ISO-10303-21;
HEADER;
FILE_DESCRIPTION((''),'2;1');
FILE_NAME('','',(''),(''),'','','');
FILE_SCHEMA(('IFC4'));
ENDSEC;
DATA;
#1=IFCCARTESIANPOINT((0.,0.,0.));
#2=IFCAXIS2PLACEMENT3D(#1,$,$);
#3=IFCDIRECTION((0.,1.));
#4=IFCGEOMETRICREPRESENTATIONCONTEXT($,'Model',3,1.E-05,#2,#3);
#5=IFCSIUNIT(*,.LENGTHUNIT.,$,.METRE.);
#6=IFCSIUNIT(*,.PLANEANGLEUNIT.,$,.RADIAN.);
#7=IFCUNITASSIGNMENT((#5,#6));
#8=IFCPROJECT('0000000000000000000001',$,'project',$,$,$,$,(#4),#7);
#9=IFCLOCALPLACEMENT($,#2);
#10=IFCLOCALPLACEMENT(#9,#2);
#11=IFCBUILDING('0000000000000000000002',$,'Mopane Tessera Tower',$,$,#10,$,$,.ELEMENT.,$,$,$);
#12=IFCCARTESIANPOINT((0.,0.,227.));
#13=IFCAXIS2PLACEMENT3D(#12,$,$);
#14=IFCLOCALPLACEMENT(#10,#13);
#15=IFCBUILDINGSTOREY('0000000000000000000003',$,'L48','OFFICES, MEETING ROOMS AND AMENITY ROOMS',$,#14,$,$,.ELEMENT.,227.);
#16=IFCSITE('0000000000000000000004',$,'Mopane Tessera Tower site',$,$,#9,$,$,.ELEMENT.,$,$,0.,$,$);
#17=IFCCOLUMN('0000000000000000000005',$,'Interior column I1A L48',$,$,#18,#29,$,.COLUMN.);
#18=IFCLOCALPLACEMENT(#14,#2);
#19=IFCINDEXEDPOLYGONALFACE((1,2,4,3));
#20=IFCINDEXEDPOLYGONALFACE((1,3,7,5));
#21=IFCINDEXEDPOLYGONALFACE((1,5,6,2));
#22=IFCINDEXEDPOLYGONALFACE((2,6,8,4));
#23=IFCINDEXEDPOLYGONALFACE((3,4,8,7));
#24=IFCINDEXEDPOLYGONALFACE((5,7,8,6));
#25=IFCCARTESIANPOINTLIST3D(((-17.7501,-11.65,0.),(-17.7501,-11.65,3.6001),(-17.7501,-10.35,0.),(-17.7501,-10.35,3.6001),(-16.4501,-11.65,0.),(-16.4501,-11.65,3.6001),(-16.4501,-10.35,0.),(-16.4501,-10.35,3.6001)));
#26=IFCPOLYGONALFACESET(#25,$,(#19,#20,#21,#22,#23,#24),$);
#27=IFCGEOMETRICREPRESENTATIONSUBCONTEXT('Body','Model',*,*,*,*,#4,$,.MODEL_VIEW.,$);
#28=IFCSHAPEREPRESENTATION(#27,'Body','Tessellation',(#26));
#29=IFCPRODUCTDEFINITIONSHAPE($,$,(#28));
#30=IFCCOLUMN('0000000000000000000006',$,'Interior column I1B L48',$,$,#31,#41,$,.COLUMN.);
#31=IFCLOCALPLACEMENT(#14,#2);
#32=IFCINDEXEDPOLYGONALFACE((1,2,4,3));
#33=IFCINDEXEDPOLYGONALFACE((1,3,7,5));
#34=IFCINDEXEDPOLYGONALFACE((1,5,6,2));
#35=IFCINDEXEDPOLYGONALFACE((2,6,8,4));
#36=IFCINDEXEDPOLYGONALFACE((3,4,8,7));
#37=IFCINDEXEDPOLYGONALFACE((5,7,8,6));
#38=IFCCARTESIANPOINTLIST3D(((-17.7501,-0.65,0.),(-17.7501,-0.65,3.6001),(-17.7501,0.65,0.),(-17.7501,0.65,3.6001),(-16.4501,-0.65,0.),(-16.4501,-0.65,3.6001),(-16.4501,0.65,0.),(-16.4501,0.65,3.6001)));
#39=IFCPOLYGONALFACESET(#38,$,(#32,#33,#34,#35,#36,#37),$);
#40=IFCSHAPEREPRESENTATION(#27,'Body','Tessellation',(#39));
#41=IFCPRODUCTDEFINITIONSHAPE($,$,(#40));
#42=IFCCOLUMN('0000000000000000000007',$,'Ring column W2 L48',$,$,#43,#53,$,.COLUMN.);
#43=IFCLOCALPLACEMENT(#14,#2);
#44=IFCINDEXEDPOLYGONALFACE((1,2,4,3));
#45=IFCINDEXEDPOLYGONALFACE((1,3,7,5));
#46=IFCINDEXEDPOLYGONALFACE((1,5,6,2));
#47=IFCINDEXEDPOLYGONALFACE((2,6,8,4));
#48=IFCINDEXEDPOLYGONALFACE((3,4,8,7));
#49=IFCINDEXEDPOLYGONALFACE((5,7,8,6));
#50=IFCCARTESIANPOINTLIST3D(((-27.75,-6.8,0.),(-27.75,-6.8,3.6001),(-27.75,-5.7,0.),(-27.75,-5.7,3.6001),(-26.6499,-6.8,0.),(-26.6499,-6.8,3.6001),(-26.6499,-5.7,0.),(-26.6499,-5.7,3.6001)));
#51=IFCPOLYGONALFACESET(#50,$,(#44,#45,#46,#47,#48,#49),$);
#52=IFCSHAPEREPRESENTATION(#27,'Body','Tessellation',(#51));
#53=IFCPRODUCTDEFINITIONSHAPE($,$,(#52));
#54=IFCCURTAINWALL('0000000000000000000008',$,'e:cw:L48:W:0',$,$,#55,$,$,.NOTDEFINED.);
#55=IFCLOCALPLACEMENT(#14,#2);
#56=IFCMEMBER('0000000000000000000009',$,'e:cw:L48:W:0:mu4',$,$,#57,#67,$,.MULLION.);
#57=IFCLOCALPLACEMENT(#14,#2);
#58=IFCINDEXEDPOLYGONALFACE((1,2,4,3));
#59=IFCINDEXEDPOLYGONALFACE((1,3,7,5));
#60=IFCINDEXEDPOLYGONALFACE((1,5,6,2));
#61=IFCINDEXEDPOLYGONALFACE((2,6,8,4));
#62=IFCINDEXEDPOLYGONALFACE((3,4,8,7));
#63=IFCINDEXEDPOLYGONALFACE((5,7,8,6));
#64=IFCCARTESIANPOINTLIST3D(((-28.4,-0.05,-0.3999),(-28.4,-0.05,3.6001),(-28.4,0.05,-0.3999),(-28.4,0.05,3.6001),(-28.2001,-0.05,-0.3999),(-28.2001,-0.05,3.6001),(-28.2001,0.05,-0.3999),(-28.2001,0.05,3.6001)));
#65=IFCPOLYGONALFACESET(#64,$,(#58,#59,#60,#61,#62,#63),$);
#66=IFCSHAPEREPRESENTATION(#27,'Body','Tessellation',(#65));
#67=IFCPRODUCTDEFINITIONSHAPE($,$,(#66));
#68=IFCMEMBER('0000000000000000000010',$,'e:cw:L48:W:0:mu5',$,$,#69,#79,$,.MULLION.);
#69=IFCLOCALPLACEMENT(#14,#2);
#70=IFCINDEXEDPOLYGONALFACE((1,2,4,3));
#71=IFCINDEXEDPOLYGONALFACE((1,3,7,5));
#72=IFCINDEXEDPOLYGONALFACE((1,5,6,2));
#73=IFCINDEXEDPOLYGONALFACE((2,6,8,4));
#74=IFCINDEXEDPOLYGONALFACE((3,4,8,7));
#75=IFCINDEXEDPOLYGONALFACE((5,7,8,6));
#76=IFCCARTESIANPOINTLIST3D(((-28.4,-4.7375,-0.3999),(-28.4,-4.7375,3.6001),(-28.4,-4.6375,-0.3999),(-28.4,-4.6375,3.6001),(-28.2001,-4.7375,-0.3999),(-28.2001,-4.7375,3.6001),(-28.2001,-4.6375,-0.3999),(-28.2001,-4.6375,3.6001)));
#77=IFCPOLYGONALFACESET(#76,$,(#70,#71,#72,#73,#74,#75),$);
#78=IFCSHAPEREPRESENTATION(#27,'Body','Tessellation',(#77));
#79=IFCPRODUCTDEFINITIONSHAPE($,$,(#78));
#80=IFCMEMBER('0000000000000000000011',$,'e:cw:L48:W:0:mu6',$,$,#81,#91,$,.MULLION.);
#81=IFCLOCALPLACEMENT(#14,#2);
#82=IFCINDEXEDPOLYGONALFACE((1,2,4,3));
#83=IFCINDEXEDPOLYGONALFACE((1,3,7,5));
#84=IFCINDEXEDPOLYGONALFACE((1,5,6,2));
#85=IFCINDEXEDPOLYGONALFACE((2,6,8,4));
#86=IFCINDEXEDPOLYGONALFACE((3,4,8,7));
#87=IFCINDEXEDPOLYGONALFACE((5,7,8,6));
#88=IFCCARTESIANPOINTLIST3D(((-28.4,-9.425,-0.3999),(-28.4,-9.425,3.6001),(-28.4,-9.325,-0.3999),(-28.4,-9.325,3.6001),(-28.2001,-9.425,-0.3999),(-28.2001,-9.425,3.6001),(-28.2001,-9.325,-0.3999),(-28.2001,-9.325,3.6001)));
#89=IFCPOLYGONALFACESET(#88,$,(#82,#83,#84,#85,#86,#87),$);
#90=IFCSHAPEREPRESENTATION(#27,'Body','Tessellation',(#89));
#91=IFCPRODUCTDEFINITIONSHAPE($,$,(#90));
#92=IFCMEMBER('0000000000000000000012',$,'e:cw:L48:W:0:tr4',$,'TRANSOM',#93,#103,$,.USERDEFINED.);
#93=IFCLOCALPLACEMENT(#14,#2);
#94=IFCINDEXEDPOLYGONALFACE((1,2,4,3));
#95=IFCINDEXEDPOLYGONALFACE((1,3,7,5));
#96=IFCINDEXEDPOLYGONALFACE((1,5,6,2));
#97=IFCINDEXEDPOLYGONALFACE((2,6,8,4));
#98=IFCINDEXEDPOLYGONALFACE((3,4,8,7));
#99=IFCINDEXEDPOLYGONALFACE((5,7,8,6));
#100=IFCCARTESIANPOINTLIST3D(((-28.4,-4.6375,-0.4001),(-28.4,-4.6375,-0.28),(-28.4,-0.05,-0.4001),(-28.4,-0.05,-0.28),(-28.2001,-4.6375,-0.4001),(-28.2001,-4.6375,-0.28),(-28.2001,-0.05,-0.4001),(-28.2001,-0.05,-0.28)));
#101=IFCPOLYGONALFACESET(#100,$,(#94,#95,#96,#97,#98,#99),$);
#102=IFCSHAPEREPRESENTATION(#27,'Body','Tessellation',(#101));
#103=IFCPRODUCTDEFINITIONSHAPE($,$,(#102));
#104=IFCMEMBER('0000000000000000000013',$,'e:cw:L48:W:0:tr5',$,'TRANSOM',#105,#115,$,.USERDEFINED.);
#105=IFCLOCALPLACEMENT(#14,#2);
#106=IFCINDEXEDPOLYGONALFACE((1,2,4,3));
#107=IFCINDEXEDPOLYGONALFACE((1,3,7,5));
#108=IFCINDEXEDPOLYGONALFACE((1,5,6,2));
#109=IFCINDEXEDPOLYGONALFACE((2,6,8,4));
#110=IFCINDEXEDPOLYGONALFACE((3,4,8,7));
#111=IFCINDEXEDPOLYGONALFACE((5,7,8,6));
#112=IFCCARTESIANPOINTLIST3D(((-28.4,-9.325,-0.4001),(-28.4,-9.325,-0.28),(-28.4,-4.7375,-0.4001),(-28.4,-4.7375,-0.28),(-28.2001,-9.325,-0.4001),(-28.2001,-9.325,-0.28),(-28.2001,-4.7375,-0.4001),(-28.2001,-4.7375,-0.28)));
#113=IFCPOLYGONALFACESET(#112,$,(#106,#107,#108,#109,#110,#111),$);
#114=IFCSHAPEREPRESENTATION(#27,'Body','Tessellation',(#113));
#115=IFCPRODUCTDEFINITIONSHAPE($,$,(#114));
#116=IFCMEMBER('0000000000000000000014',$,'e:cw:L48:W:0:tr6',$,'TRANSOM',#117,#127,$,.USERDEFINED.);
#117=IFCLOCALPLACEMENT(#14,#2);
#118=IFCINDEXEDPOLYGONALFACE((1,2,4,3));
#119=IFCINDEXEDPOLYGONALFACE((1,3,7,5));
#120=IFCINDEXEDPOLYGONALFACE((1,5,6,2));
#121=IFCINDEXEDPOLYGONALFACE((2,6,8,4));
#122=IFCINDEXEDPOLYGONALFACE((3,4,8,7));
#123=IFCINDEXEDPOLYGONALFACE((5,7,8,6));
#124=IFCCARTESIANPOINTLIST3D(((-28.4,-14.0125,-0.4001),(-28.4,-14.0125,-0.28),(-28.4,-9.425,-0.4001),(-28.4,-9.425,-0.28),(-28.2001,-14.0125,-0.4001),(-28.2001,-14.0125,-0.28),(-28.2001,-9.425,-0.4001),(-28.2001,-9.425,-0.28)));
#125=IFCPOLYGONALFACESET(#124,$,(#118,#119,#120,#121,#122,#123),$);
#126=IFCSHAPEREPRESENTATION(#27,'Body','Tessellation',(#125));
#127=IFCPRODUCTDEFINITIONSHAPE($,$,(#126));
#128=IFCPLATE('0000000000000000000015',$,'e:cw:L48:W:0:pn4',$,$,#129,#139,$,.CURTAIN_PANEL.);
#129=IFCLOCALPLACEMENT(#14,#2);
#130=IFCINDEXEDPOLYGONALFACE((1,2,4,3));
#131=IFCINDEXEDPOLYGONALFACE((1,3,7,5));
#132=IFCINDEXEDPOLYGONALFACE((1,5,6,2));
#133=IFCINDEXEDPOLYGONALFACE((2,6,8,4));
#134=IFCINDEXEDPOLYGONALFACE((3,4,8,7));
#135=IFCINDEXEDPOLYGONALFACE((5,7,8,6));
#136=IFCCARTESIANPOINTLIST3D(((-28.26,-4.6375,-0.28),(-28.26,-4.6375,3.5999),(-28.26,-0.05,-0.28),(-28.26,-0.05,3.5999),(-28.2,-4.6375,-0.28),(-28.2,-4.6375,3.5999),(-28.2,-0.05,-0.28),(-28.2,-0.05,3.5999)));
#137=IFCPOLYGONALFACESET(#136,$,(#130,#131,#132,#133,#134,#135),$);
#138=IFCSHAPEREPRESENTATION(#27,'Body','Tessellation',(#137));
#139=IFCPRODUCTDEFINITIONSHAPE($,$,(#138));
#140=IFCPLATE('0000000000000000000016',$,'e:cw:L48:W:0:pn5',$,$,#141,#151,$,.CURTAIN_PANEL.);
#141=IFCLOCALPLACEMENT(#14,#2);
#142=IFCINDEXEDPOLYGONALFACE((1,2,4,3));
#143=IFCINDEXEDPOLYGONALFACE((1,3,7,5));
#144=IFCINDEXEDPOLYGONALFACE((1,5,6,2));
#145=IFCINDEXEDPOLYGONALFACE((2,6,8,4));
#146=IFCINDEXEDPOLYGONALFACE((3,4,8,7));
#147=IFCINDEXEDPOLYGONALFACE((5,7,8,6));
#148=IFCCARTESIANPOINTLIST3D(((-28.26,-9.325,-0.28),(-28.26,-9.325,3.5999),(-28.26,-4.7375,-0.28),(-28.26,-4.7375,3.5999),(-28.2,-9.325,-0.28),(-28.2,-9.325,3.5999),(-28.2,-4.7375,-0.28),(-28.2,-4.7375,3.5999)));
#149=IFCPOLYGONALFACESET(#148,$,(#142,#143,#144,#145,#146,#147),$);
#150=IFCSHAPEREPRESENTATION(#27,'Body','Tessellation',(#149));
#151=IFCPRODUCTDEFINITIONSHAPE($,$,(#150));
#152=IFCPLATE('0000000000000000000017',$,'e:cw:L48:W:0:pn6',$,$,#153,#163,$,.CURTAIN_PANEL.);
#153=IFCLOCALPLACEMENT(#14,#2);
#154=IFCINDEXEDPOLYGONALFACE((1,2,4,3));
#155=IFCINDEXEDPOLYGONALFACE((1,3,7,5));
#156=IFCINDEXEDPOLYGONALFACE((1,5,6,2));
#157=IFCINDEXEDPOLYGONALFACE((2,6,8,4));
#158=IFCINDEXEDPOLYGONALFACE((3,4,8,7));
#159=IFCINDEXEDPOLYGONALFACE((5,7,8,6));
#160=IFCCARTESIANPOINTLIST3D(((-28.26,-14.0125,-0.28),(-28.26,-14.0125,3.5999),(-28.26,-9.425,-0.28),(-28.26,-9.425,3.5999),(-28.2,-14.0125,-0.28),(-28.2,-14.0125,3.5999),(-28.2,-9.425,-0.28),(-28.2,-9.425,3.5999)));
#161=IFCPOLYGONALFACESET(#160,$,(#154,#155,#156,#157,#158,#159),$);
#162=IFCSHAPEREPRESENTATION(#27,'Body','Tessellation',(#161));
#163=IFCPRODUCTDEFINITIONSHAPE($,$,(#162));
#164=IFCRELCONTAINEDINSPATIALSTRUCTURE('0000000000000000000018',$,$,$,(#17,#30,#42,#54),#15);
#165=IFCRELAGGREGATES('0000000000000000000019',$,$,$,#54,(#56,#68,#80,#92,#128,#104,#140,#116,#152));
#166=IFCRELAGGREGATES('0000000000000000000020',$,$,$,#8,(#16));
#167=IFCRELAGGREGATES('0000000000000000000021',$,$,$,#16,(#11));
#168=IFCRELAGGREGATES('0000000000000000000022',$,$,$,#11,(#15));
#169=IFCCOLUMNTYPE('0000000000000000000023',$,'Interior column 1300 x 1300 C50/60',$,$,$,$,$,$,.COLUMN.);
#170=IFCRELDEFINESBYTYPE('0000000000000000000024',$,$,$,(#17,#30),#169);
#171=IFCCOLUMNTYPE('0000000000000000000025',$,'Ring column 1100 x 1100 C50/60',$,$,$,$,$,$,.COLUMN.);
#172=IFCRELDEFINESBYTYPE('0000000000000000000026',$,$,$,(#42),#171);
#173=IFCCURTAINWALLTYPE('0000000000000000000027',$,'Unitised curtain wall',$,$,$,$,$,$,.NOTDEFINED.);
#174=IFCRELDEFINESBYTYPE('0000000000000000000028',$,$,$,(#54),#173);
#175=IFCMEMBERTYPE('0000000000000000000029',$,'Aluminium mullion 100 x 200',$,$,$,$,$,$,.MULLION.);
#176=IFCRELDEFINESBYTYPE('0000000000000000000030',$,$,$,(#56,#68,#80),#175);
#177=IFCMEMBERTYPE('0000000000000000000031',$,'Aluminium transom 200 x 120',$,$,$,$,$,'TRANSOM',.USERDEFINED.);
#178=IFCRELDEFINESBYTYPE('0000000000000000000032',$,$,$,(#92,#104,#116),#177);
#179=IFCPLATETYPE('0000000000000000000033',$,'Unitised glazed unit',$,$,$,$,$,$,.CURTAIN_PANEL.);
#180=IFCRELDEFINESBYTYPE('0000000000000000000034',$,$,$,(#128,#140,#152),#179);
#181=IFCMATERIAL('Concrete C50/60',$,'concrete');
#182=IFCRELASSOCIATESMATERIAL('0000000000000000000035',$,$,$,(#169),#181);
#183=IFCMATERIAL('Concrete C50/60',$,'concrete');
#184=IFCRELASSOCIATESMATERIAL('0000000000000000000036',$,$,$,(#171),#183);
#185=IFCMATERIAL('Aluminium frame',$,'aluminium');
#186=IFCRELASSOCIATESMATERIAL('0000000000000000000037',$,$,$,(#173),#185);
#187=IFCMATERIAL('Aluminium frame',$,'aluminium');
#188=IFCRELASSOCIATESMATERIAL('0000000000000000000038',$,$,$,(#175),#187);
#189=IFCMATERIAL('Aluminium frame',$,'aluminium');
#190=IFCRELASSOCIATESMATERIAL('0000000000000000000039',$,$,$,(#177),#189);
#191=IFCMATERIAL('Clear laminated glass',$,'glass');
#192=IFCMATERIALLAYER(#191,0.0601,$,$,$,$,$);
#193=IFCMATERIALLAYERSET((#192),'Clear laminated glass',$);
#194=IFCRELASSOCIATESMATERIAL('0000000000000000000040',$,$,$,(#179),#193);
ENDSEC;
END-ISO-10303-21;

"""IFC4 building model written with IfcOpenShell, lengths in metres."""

from ifc_helpers import new_model, si_unit, direction, frame, origin, origin_2d, place, context, subcontext, project, spatial, rectangle, extrude, material, layer, layer_set, material_profile, profile_set, type_object, element, aggregate, save


model = new_model("IFC4")

# Units and contexts
model_context = context("Model", 3, precision=1e-05, world=origin(), true_north=direction((0.0, 1.0)))
body_context = subcontext(model_context, "Body", "Model", "MODEL_VIEW")
ifc_project = project(units=[si_unit("LENGTHUNIT", "METRE"), si_unit("PLANEANGLEUNIT", "RADIAN")], contexts=[model_context])

# Site, building, storey
site_placement = place(None, origin())
site = spatial("IfcSite", under=ifc_project, at=site_placement, Name="Mopane Tessera Tower site", CompositionType="ELEMENT", RefElevation=0.0)
building_placement = place(site_placement, origin())
building = spatial("IfcBuilding", under=site, at=building_placement, Name="Mopane Tessera Tower", CompositionType="ELEMENT")
storey_placement = place(building_placement, frame((0.0, 0.0, 227.0)))
storey = spatial("IfcBuildingStorey", under=building, at=storey_placement, Name="L48", Description="OFFICES, MEETING ROOMS AND AMENITY ROOMS", CompositionType="ELEMENT", Elevation=227.0)

# Columns
ifc_material_1 = material(Name="Concrete C50/60", Category="concrete")
ifc_material_profile_1 = material_profile(ifc_material_1, rectangle(XDim=1.3, YDim=1.3, at=origin_2d()))
ifc_profile_set_1 = profile_set([ifc_material_profile_1], Name="Concrete C50/60")
column_type_1 = type_object("IfcColumnType", Name="Interior column 1300 x 1300 C50/60", PredefinedType="COLUMN", material=ifc_profile_set_1)
for number, where, z_axis, x_axis, name in (
    (1, (-17.1001, -11.0, 0.0), (0.0, 0.0, 1.0), (1.0, 0.0, 0.0), "Interior column I1A L48"),
    (2, (-17.1001, 0.0, 0.0), (0.0, 0.0, 1.0), (1.0, 0.0, 0.0), "Interior column I1B L48"),
):
    element("IfcColumn", number, at=place(storey_placement, frame(where, z_axis=z_axis, x_axis=x_axis)), inside=storey, type_object=column_type_1, Name=name, PredefinedType="COLUMN", context=body_context, shape_type="SweptSolid", body=[
        extrude(rectangle(XDim=1.3, YDim=1.3, at=origin_2d()), origin(), (0.0, 0.0, 1.0), 3.6001),
    ])
ifc_material_2 = material(Name="Concrete C50/60", Category="concrete")
ifc_material_profile_2 = material_profile(ifc_material_2, rectangle(XDim=1.1001, YDim=1.1001, at=origin_2d()))
ifc_profile_set_2 = profile_set([ifc_material_profile_2], Name="Concrete C50/60")
column_type_2 = type_object("IfcColumnType", Name="Ring column 1100 x 1100 C50/60", PredefinedType="COLUMN", material=ifc_profile_set_2)
column_placement = place(storey_placement, frame((-27.2, -6.25, 0.0), z_axis=(0.0, 0.0, 1.0), x_axis=(1.0, 0.0, 0.0)))
element("IfcColumn", 3, at=column_placement, inside=storey, type_object=column_type_2, Name="Ring column W2 L48", PredefinedType="COLUMN", context=body_context, shape_type="SweptSolid", body=[
    extrude(rectangle(XDim=1.1001, YDim=1.1001, at=origin_2d()), origin(), (0.0, 0.0, 1.0), 3.6001),
])

# Curtain wall, members, plates
ifc_material_3 = material(Name="Aluminium frame", Category="aluminium")
curtain_wall_type = type_object("IfcCurtainWallType", Name="Unitised curtain wall", PredefinedType="NOTDEFINED", material=ifc_material_3)
curtain_wall_placement = place(storey_placement, origin())
curtain_wall = element("IfcCurtainWall", 4, at=curtain_wall_placement, inside=storey, type_object=curtain_wall_type, Name="e:cw:L48:W:0", PredefinedType="NOTDEFINED")
ifc_material_4 = material(Name="Aluminium frame", Category="aluminium")
ifc_material_profile_3 = material_profile(ifc_material_4, rectangle(XDim=0.1001, YDim=0.2, at=origin_2d()))
ifc_profile_set_3 = profile_set([ifc_material_profile_3], Name="Aluminium frame")
member_type_1 = type_object("IfcMemberType", Name="Aluminium mullion 100 x 200", PredefinedType="MULLION", material=ifc_profile_set_3)
member_1_placement = place(storey_placement, frame((-28.3, 0.0, -0.3999), z_axis=(0.0, 0.0, 1.0), x_axis=(0.0, -1.0, 0.0)))
member_1 = element("IfcMember", 5, at=member_1_placement, type_object=member_type_1, Name="e:cw:L48:W:0:mu4", PredefinedType="MULLION", context=body_context, shape_type="SweptSolid", body=[
    extrude(rectangle(XDim=0.1001, YDim=0.2, at=origin_2d()), origin(), (0.0, 0.0, 1.0), 4.0),
])
member_2_placement = place(storey_placement, frame((-28.3, -4.6875, -0.3999), z_axis=(0.0, 0.0, 1.0), x_axis=(0.0, -1.0, 0.0)))
member_2 = element("IfcMember", 6, at=member_2_placement, type_object=member_type_1, Name="e:cw:L48:W:0:mu5", PredefinedType="MULLION", context=body_context, shape_type="SweptSolid", body=[
    extrude(rectangle(XDim=0.1001, YDim=0.2, at=origin_2d()), origin(), (0.0, 0.0, 1.0), 4.0),
])
member_3_placement = place(storey_placement, frame((-28.3, -9.375, -0.3999), z_axis=(0.0, 0.0, 1.0), x_axis=(0.0, -1.0, 0.0)))
member_3 = element("IfcMember", 7, at=member_3_placement, type_object=member_type_1, Name="e:cw:L48:W:0:mu6", PredefinedType="MULLION", context=body_context, shape_type="SweptSolid", body=[
    extrude(rectangle(XDim=0.1001, YDim=0.2, at=origin_2d()), origin(), (0.0, 0.0, 1.0), 4.0),
])
ifc_material_5 = material(Name="Aluminium frame", Category="aluminium")
ifc_material_profile_4 = material_profile(ifc_material_5, rectangle(XDim=0.2, YDim=0.1201, at=origin_2d()))
ifc_profile_set_4 = profile_set([ifc_material_profile_4], Name="Aluminium frame")
member_type_2 = type_object("IfcMemberType", Name="Aluminium transom 200 x 120", ElementType="TRANSOM", PredefinedType="USERDEFINED", material=ifc_profile_set_4)
member_4_placement = place(storey_placement, frame((-28.3, -0.05, -0.3401), z_axis=(0.0, -1.0, 0.0), x_axis=(1.0, 0.0, 0.0)))
member_4 = element("IfcMember", 8, at=member_4_placement, type_object=member_type_2, Name="e:cw:L48:W:0:tr4", ObjectType="TRANSOM", PredefinedType="USERDEFINED", context=body_context, shape_type="SweptSolid", body=[
    extrude(rectangle(XDim=0.2, YDim=0.1201, at=origin_2d()), origin(), (0.0, 0.0, 1.0), 4.5874),
])
member_5_placement = place(storey_placement, frame((-28.3, -4.7375, -0.3401), z_axis=(0.0, -1.0, 0.0), x_axis=(1.0, 0.0, 0.0)))
member_5 = element("IfcMember", 9, at=member_5_placement, type_object=member_type_2, Name="e:cw:L48:W:0:tr5", ObjectType="TRANSOM", PredefinedType="USERDEFINED", context=body_context, shape_type="SweptSolid", body=[
    extrude(rectangle(XDim=0.2, YDim=0.1201, at=origin_2d()), origin(), (0.0, 0.0, 1.0), 4.5874),
])
member_6_placement = place(storey_placement, frame((-28.3, -9.425, -0.3401), z_axis=(0.0, -1.0, 0.0), x_axis=(1.0, 0.0, 0.0)))
member_6 = element("IfcMember", 10, at=member_6_placement, type_object=member_type_2, Name="e:cw:L48:W:0:tr6", ObjectType="TRANSOM", PredefinedType="USERDEFINED", context=body_context, shape_type="SweptSolid", body=[
    extrude(rectangle(XDim=0.2, YDim=0.1201, at=origin_2d()), origin(), (0.0, 0.0, 1.0), 4.5874),
])
ifc_material_6 = material(Name="Clear laminated glass", Category="glass")
ifc_layer_1 = layer(ifc_material_6, 0.0601)
ifc_layer_set_1 = layer_set([ifc_layer_1], Name="Clear laminated glass")
plate_type = type_object("IfcPlateType", Name="Unitised glazed unit", PredefinedType="CURTAIN_PANEL", material=ifc_layer_set_1)
plate_1_placement = place(storey_placement, frame((-28.23, -2.3438, -0.28), z_axis=(0.0, 0.0, 1.0), x_axis=(0.0, -1.0, 0.0)))
plate_1 = element("IfcPlate", 11, at=plate_1_placement, type_object=plate_type, Name="e:cw:L48:W:0:pn4", PredefinedType="CURTAIN_PANEL", context=body_context, shape_type="SweptSolid", body=[
    extrude(rectangle(XDim=4.5874, YDim=0.0601, at=origin_2d()), origin(), (0.0, 0.0, 1.0), 3.8799),
])
plate_2_placement = place(storey_placement, frame((-28.23, -7.0312, -0.28), z_axis=(0.0, 0.0, 1.0), x_axis=(0.0, -1.0, 0.0)))
plate_2 = element("IfcPlate", 12, at=plate_2_placement, type_object=plate_type, Name="e:cw:L48:W:0:pn5", PredefinedType="CURTAIN_PANEL", context=body_context, shape_type="SweptSolid", body=[
    extrude(rectangle(XDim=4.5874, YDim=0.0601, at=origin_2d()), origin(), (0.0, 0.0, 1.0), 3.8799),
])
plate_3_placement = place(storey_placement, frame((-28.23, -11.7188, -0.28), z_axis=(0.0, 0.0, 1.0), x_axis=(0.0, -1.0, 0.0)))
plate_3 = element("IfcPlate", 13, at=plate_3_placement, type_object=plate_type, Name="e:cw:L48:W:0:pn6", PredefinedType="CURTAIN_PANEL", context=body_context, shape_type="SweptSolid", body=[
    extrude(rectangle(XDim=4.5874, YDim=0.0601, at=origin_2d()), origin(), (0.0, 0.0, 1.0), 3.8799),
])
aggregate(curtain_wall, [member_1, member_2, member_3, member_4, plate_1, member_5, plate_2, member_6, plate_3])

save(model, "model.ifc")
